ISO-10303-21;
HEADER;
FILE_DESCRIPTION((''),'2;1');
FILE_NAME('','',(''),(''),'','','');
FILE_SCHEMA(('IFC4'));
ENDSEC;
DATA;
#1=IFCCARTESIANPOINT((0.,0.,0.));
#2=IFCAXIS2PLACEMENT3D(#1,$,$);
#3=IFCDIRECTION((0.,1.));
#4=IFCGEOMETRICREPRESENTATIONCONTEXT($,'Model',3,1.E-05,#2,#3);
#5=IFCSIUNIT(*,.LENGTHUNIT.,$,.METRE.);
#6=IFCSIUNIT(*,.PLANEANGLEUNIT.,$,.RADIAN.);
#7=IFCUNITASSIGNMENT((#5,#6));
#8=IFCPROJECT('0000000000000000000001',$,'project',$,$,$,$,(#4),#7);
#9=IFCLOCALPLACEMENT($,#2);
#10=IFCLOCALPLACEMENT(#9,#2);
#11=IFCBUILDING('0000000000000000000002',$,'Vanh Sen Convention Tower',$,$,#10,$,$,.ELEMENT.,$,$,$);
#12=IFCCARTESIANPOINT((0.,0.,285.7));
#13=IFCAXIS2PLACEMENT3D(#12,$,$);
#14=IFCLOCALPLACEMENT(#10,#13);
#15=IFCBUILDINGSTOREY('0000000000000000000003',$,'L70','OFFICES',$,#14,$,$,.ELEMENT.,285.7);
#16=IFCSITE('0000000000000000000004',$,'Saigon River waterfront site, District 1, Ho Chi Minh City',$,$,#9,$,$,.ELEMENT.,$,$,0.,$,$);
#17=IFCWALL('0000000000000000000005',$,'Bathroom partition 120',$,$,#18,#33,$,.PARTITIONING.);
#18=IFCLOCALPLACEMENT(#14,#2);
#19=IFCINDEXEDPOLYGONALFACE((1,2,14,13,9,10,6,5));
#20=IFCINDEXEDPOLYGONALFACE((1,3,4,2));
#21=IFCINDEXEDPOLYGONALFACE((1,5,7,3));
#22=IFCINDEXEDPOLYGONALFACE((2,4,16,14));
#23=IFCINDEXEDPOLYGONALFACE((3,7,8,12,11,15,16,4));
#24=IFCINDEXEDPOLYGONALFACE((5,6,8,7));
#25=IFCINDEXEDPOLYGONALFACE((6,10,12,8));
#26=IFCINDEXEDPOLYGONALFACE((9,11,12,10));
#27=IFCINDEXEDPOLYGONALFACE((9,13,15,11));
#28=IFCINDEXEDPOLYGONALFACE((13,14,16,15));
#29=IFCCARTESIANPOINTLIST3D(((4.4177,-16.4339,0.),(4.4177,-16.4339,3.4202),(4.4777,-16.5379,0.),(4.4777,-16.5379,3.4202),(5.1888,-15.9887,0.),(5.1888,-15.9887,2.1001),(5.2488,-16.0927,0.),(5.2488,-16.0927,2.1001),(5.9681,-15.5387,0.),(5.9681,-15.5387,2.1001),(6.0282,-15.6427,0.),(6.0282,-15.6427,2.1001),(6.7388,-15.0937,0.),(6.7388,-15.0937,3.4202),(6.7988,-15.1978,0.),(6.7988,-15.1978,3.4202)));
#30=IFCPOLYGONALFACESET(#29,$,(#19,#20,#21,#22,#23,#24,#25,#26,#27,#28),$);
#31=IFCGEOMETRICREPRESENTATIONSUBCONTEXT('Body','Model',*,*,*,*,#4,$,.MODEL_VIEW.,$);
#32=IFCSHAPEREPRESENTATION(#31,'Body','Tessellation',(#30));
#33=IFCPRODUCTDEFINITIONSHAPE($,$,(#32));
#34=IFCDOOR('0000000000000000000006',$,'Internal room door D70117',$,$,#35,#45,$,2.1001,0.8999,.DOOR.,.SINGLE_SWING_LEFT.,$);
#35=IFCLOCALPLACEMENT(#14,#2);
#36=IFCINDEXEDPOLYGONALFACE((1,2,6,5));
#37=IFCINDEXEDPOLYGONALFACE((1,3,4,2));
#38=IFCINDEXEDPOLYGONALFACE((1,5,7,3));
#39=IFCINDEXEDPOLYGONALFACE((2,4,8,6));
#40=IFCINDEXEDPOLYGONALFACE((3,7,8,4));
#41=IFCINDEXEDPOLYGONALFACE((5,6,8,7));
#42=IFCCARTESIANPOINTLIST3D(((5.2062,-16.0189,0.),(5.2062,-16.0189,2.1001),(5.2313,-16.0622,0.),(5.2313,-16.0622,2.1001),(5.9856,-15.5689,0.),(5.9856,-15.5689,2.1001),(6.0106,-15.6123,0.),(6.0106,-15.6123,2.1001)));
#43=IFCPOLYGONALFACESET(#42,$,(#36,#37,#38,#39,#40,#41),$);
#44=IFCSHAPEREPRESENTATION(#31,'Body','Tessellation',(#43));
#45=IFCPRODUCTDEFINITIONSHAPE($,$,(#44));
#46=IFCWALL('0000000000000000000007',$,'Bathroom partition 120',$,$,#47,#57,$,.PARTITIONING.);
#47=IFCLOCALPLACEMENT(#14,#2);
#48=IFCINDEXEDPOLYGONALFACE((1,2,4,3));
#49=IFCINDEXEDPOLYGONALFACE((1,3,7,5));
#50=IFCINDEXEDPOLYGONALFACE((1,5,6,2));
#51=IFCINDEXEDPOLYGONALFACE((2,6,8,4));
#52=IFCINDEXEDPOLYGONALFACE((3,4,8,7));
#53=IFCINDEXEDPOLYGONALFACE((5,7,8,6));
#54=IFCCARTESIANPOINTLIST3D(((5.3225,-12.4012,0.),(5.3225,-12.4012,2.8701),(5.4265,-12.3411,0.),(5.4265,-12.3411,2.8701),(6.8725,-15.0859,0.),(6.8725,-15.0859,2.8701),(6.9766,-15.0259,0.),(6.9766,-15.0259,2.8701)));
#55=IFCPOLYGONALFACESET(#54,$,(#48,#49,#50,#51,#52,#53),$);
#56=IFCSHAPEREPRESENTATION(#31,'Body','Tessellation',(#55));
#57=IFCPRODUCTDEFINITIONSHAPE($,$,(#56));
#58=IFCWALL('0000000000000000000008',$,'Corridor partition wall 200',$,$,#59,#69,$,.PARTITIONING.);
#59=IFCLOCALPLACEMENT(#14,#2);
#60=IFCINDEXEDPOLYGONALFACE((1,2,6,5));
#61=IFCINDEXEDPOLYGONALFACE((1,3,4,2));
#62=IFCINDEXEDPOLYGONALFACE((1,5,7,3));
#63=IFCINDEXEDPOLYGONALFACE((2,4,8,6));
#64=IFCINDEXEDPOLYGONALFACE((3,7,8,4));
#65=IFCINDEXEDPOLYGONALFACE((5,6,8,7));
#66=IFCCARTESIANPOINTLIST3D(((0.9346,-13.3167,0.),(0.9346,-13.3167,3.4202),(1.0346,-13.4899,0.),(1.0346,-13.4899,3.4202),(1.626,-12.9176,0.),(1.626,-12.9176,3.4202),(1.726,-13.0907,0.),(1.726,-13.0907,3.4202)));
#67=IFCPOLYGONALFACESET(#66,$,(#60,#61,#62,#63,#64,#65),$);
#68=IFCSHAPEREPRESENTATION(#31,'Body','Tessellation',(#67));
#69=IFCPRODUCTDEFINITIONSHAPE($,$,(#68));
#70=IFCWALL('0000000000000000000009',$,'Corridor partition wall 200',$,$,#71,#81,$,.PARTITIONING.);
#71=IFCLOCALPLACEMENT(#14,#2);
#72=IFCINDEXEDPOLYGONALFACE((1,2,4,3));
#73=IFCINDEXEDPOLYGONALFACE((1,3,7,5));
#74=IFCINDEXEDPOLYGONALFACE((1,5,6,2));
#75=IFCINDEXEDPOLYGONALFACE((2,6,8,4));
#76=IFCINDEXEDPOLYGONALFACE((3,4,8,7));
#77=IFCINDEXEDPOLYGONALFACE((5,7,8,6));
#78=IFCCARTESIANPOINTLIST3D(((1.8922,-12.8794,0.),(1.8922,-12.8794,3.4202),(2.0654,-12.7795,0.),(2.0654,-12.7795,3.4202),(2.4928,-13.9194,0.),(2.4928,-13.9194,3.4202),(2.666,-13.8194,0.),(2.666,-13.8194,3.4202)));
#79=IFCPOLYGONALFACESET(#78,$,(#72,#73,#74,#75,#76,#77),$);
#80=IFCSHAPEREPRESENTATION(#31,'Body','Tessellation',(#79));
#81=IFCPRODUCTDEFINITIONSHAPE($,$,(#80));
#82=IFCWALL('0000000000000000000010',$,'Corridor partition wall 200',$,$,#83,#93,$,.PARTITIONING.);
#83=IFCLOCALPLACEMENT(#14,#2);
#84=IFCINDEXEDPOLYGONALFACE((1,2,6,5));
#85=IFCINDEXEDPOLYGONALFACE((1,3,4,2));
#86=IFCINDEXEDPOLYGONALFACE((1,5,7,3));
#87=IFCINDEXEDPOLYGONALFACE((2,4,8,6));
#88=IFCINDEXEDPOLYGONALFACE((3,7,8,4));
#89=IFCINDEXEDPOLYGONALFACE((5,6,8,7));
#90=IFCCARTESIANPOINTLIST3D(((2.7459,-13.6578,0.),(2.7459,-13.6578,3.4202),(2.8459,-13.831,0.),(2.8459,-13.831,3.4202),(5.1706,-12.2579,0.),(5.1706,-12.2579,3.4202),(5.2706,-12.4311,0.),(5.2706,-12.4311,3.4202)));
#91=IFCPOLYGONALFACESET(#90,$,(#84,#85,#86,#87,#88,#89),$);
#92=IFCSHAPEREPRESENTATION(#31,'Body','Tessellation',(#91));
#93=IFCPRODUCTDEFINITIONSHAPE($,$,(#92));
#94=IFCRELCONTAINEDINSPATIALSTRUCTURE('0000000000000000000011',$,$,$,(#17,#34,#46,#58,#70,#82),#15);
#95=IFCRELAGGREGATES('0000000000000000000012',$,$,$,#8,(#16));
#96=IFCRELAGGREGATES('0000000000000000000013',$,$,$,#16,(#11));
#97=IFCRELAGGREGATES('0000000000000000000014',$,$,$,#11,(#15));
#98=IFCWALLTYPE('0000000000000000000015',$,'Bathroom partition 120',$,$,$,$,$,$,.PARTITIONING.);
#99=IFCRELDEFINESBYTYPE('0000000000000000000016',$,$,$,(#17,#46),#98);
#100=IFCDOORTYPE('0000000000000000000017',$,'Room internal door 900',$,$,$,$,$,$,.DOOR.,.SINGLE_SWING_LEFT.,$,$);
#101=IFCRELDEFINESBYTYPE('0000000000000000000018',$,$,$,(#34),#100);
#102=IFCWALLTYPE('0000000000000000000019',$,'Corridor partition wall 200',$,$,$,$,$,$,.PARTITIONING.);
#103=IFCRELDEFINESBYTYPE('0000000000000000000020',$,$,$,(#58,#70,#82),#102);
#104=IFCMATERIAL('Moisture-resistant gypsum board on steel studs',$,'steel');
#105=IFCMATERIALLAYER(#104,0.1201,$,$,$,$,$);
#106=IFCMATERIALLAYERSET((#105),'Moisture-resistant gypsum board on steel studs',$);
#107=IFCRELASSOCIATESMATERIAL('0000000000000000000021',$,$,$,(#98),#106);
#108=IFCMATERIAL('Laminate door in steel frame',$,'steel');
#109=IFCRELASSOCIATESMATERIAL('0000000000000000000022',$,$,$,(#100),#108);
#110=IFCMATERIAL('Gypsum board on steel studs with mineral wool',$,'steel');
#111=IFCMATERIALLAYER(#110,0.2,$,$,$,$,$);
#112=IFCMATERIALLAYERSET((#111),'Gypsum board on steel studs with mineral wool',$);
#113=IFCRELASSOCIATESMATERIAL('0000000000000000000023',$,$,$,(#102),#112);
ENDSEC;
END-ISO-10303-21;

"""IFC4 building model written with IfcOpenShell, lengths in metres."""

from ifc_helpers import new_model, si_unit, direction, frame, frame_2d, origin, place, context, subcontext, project, spatial, rectangle, extrude, material, layer, layer_set, type_object, element, fill, save


model = new_model("IFC4")

# Units and contexts
model_context = context("Model", 3, precision=1e-05, world=origin(), true_north=direction((0.0, 1.0)))
body_context = subcontext(model_context, "Body", "Model", "MODEL_VIEW")
ifc_project = project(units=[si_unit("LENGTHUNIT", "METRE"), si_unit("PLANEANGLEUNIT", "RADIAN")], contexts=[model_context])

# Site, building, storey
site_placement = place(None, origin())
site = spatial("IfcSite", under=ifc_project, at=site_placement, Name="Saigon River waterfront site, District 1, Ho Chi Minh City", CompositionType="ELEMENT", RefElevation=0.0)
building_placement = place(site_placement, origin())
building = spatial("IfcBuilding", under=site, at=building_placement, Name="Vanh Sen Convention Tower", CompositionType="ELEMENT")
storey_placement = place(building_placement, frame((0.0, 0.0, 285.7)))
storey = spatial("IfcBuildingStorey", under=building, at=storey_placement, Name="L70", Description="OFFICES", CompositionType="ELEMENT", Elevation=285.7)

# Shared definitions
ifc_material_1 = material(Name="Moisture-resistant gypsum board on steel studs", Category="steel")
ifc_layer_1 = layer(ifc_material_1, 0.1201)
ifc_layer_set_1 = layer_set([ifc_layer_1], Name="Moisture-resistant gypsum board on steel studs")
wall_type_1 = type_object("IfcWallType", Name="Bathroom partition 120", PredefinedType="PARTITIONING", material=ifc_layer_set_1)

# Wall, opening, door
wall_1_placement = place(storey_placement, frame((6.7688, -15.1458, 0.0), z_axis=(0.0, 0.0, 1.0), x_axis=(-0.86602, -0.500009, 0.0)))
wall_1 = element("IfcWall", 1, at=wall_1_placement, inside=storey, type_object=wall_type_1, Name="Bathroom partition 120", PredefinedType="PARTITIONING", context=body_context, shape_type="SweptSolid", body=[
    extrude(rectangle(XDim=2.6802, YDim=0.1201, at=frame_2d((1.3401, 0.0))), origin(), (0.0, 0.0, 1.0), 3.4202),
])
opening_1_placement = place(wall_1_placement, frame((0.8899, 0.0, 0.0)))
opening_1 = element("IfcOpeningElement", 2, at=opening_1_placement, cuts=wall_1, PredefinedType="OPENING", context=body_context, shape_type="SweptSolid", body=[
    extrude(rectangle(XDim=0.8999, YDim=2.1001, at=frame_2d((0.45, 1.05))), frame((0.0, 0.0701, 0.0), z_axis=(0.0, -1.0, 0.0), x_axis=(1.0, 0.0, 0.0)), (0.0, 0.0, 1.0), 0.1401),
])
ifc_material_2 = material(Name="Laminate door in steel frame", Category="steel")
door_type = type_object("IfcDoorType", Name="Room internal door 900", OperationType="SINGLE_SWING_LEFT", PredefinedType="DOOR", material=ifc_material_2)
door_placement = place(opening_1_placement, origin())
door = element("IfcDoor", 3, at=door_placement, inside=storey, type_object=door_type, Name="Internal room door D70117", OperationType="SINGLE_SWING_LEFT", OverallHeight=2.1001, OverallWidth=0.8999, PredefinedType="DOOR", context=body_context, shape_type="SweptSolid", body=[
    extrude(rectangle(XDim=0.8999, YDim=2.1001, at=frame_2d((0.45, 1.05))), frame((0.0, 0.0249, 0.0), z_axis=(0.0, -1.0, 0.0), x_axis=(1.0, 0.0, 0.0)), (0.0, 0.0, 1.0), 0.05),
])
fill(opening_1, door)

# Walls
wall_2_placement = place(storey_placement, frame((6.9246, -15.0559, 0.0), z_axis=(0.0, 0.0, 1.0), x_axis=(-0.499993, 0.86603, 0.0)))
element("IfcWall", 4, at=wall_2_placement, inside=storey, type_object=wall_type_1, Name="Bathroom partition 120", PredefinedType="PARTITIONING", context=body_context, shape_type="SweptSolid", body=[
    extrude(rectangle(XDim=3.1001, YDim=0.1201, at=frame_2d((1.55, 0.0))), origin(), (0.0, 0.0, 1.0), 2.8701),
])
ifc_material_3 = material(Name="Gypsum board on steel studs with mineral wool", Category="steel")
ifc_layer_2 = layer(ifc_material_3, 0.2)
ifc_layer_set_2 = layer_set([ifc_layer_2], Name="Gypsum board on steel studs with mineral wool")
wall_type_2 = type_object("IfcWallType", Name="Corridor partition wall 200", PredefinedType="PARTITIONING", material=ifc_layer_set_2)
wall_3_placement = place(storey_placement, frame((0.9846, -13.4033, 0.0), z_axis=(0.0, 0.0, 1.0), x_axis=(0.866033, 0.499987, 0.0)))
element("IfcWall", 5, at=wall_3_placement, inside=storey, type_object=wall_type_2, Name="Corridor partition wall 200", PredefinedType="PARTITIONING", context=body_context, shape_type="SweptSolid", body=[
    extrude(rectangle(XDim=0.7983, YDim=0.2, at=frame_2d((0.3992, 0.0))), origin(), (0.0, 0.0, 1.0), 3.4202),
])
wall_4_placement = place(storey_placement, frame((1.9788, -12.8293, 0.0), z_axis=(0.0, 0.0, 1.0), x_axis=(0.500074, -0.865982, 0.0)))
element("IfcWall", 6, at=wall_4_placement, inside=storey, type_object=wall_type_2, Name="Corridor partition wall 200", PredefinedType="PARTITIONING", context=body_context, shape_type="SweptSolid", body=[
    extrude(rectangle(XDim=1.2009, YDim=0.2, at=frame_2d((0.6006, 0.0))), origin(), (0.0, 0.0, 1.0), 3.4202),
])
wall_5_placement = place(storey_placement, frame((2.7959, -13.7444, 0.0), z_axis=(0.0, 0.0, 1.0), x_axis=(0.866035, 0.499984, 0.0)))
element("IfcWall", 7, at=wall_5_placement, inside=storey, type_object=wall_type_2, Name="Corridor partition wall 200", PredefinedType="PARTITIONING", context=body_context, shape_type="SweptSolid", body=[
    extrude(rectangle(XDim=2.7998, YDim=0.2, at=frame_2d((1.3999, 0.0))), origin(), (0.0, 0.0, 1.0), 3.4202),
])

save(model, "model.ifc")
